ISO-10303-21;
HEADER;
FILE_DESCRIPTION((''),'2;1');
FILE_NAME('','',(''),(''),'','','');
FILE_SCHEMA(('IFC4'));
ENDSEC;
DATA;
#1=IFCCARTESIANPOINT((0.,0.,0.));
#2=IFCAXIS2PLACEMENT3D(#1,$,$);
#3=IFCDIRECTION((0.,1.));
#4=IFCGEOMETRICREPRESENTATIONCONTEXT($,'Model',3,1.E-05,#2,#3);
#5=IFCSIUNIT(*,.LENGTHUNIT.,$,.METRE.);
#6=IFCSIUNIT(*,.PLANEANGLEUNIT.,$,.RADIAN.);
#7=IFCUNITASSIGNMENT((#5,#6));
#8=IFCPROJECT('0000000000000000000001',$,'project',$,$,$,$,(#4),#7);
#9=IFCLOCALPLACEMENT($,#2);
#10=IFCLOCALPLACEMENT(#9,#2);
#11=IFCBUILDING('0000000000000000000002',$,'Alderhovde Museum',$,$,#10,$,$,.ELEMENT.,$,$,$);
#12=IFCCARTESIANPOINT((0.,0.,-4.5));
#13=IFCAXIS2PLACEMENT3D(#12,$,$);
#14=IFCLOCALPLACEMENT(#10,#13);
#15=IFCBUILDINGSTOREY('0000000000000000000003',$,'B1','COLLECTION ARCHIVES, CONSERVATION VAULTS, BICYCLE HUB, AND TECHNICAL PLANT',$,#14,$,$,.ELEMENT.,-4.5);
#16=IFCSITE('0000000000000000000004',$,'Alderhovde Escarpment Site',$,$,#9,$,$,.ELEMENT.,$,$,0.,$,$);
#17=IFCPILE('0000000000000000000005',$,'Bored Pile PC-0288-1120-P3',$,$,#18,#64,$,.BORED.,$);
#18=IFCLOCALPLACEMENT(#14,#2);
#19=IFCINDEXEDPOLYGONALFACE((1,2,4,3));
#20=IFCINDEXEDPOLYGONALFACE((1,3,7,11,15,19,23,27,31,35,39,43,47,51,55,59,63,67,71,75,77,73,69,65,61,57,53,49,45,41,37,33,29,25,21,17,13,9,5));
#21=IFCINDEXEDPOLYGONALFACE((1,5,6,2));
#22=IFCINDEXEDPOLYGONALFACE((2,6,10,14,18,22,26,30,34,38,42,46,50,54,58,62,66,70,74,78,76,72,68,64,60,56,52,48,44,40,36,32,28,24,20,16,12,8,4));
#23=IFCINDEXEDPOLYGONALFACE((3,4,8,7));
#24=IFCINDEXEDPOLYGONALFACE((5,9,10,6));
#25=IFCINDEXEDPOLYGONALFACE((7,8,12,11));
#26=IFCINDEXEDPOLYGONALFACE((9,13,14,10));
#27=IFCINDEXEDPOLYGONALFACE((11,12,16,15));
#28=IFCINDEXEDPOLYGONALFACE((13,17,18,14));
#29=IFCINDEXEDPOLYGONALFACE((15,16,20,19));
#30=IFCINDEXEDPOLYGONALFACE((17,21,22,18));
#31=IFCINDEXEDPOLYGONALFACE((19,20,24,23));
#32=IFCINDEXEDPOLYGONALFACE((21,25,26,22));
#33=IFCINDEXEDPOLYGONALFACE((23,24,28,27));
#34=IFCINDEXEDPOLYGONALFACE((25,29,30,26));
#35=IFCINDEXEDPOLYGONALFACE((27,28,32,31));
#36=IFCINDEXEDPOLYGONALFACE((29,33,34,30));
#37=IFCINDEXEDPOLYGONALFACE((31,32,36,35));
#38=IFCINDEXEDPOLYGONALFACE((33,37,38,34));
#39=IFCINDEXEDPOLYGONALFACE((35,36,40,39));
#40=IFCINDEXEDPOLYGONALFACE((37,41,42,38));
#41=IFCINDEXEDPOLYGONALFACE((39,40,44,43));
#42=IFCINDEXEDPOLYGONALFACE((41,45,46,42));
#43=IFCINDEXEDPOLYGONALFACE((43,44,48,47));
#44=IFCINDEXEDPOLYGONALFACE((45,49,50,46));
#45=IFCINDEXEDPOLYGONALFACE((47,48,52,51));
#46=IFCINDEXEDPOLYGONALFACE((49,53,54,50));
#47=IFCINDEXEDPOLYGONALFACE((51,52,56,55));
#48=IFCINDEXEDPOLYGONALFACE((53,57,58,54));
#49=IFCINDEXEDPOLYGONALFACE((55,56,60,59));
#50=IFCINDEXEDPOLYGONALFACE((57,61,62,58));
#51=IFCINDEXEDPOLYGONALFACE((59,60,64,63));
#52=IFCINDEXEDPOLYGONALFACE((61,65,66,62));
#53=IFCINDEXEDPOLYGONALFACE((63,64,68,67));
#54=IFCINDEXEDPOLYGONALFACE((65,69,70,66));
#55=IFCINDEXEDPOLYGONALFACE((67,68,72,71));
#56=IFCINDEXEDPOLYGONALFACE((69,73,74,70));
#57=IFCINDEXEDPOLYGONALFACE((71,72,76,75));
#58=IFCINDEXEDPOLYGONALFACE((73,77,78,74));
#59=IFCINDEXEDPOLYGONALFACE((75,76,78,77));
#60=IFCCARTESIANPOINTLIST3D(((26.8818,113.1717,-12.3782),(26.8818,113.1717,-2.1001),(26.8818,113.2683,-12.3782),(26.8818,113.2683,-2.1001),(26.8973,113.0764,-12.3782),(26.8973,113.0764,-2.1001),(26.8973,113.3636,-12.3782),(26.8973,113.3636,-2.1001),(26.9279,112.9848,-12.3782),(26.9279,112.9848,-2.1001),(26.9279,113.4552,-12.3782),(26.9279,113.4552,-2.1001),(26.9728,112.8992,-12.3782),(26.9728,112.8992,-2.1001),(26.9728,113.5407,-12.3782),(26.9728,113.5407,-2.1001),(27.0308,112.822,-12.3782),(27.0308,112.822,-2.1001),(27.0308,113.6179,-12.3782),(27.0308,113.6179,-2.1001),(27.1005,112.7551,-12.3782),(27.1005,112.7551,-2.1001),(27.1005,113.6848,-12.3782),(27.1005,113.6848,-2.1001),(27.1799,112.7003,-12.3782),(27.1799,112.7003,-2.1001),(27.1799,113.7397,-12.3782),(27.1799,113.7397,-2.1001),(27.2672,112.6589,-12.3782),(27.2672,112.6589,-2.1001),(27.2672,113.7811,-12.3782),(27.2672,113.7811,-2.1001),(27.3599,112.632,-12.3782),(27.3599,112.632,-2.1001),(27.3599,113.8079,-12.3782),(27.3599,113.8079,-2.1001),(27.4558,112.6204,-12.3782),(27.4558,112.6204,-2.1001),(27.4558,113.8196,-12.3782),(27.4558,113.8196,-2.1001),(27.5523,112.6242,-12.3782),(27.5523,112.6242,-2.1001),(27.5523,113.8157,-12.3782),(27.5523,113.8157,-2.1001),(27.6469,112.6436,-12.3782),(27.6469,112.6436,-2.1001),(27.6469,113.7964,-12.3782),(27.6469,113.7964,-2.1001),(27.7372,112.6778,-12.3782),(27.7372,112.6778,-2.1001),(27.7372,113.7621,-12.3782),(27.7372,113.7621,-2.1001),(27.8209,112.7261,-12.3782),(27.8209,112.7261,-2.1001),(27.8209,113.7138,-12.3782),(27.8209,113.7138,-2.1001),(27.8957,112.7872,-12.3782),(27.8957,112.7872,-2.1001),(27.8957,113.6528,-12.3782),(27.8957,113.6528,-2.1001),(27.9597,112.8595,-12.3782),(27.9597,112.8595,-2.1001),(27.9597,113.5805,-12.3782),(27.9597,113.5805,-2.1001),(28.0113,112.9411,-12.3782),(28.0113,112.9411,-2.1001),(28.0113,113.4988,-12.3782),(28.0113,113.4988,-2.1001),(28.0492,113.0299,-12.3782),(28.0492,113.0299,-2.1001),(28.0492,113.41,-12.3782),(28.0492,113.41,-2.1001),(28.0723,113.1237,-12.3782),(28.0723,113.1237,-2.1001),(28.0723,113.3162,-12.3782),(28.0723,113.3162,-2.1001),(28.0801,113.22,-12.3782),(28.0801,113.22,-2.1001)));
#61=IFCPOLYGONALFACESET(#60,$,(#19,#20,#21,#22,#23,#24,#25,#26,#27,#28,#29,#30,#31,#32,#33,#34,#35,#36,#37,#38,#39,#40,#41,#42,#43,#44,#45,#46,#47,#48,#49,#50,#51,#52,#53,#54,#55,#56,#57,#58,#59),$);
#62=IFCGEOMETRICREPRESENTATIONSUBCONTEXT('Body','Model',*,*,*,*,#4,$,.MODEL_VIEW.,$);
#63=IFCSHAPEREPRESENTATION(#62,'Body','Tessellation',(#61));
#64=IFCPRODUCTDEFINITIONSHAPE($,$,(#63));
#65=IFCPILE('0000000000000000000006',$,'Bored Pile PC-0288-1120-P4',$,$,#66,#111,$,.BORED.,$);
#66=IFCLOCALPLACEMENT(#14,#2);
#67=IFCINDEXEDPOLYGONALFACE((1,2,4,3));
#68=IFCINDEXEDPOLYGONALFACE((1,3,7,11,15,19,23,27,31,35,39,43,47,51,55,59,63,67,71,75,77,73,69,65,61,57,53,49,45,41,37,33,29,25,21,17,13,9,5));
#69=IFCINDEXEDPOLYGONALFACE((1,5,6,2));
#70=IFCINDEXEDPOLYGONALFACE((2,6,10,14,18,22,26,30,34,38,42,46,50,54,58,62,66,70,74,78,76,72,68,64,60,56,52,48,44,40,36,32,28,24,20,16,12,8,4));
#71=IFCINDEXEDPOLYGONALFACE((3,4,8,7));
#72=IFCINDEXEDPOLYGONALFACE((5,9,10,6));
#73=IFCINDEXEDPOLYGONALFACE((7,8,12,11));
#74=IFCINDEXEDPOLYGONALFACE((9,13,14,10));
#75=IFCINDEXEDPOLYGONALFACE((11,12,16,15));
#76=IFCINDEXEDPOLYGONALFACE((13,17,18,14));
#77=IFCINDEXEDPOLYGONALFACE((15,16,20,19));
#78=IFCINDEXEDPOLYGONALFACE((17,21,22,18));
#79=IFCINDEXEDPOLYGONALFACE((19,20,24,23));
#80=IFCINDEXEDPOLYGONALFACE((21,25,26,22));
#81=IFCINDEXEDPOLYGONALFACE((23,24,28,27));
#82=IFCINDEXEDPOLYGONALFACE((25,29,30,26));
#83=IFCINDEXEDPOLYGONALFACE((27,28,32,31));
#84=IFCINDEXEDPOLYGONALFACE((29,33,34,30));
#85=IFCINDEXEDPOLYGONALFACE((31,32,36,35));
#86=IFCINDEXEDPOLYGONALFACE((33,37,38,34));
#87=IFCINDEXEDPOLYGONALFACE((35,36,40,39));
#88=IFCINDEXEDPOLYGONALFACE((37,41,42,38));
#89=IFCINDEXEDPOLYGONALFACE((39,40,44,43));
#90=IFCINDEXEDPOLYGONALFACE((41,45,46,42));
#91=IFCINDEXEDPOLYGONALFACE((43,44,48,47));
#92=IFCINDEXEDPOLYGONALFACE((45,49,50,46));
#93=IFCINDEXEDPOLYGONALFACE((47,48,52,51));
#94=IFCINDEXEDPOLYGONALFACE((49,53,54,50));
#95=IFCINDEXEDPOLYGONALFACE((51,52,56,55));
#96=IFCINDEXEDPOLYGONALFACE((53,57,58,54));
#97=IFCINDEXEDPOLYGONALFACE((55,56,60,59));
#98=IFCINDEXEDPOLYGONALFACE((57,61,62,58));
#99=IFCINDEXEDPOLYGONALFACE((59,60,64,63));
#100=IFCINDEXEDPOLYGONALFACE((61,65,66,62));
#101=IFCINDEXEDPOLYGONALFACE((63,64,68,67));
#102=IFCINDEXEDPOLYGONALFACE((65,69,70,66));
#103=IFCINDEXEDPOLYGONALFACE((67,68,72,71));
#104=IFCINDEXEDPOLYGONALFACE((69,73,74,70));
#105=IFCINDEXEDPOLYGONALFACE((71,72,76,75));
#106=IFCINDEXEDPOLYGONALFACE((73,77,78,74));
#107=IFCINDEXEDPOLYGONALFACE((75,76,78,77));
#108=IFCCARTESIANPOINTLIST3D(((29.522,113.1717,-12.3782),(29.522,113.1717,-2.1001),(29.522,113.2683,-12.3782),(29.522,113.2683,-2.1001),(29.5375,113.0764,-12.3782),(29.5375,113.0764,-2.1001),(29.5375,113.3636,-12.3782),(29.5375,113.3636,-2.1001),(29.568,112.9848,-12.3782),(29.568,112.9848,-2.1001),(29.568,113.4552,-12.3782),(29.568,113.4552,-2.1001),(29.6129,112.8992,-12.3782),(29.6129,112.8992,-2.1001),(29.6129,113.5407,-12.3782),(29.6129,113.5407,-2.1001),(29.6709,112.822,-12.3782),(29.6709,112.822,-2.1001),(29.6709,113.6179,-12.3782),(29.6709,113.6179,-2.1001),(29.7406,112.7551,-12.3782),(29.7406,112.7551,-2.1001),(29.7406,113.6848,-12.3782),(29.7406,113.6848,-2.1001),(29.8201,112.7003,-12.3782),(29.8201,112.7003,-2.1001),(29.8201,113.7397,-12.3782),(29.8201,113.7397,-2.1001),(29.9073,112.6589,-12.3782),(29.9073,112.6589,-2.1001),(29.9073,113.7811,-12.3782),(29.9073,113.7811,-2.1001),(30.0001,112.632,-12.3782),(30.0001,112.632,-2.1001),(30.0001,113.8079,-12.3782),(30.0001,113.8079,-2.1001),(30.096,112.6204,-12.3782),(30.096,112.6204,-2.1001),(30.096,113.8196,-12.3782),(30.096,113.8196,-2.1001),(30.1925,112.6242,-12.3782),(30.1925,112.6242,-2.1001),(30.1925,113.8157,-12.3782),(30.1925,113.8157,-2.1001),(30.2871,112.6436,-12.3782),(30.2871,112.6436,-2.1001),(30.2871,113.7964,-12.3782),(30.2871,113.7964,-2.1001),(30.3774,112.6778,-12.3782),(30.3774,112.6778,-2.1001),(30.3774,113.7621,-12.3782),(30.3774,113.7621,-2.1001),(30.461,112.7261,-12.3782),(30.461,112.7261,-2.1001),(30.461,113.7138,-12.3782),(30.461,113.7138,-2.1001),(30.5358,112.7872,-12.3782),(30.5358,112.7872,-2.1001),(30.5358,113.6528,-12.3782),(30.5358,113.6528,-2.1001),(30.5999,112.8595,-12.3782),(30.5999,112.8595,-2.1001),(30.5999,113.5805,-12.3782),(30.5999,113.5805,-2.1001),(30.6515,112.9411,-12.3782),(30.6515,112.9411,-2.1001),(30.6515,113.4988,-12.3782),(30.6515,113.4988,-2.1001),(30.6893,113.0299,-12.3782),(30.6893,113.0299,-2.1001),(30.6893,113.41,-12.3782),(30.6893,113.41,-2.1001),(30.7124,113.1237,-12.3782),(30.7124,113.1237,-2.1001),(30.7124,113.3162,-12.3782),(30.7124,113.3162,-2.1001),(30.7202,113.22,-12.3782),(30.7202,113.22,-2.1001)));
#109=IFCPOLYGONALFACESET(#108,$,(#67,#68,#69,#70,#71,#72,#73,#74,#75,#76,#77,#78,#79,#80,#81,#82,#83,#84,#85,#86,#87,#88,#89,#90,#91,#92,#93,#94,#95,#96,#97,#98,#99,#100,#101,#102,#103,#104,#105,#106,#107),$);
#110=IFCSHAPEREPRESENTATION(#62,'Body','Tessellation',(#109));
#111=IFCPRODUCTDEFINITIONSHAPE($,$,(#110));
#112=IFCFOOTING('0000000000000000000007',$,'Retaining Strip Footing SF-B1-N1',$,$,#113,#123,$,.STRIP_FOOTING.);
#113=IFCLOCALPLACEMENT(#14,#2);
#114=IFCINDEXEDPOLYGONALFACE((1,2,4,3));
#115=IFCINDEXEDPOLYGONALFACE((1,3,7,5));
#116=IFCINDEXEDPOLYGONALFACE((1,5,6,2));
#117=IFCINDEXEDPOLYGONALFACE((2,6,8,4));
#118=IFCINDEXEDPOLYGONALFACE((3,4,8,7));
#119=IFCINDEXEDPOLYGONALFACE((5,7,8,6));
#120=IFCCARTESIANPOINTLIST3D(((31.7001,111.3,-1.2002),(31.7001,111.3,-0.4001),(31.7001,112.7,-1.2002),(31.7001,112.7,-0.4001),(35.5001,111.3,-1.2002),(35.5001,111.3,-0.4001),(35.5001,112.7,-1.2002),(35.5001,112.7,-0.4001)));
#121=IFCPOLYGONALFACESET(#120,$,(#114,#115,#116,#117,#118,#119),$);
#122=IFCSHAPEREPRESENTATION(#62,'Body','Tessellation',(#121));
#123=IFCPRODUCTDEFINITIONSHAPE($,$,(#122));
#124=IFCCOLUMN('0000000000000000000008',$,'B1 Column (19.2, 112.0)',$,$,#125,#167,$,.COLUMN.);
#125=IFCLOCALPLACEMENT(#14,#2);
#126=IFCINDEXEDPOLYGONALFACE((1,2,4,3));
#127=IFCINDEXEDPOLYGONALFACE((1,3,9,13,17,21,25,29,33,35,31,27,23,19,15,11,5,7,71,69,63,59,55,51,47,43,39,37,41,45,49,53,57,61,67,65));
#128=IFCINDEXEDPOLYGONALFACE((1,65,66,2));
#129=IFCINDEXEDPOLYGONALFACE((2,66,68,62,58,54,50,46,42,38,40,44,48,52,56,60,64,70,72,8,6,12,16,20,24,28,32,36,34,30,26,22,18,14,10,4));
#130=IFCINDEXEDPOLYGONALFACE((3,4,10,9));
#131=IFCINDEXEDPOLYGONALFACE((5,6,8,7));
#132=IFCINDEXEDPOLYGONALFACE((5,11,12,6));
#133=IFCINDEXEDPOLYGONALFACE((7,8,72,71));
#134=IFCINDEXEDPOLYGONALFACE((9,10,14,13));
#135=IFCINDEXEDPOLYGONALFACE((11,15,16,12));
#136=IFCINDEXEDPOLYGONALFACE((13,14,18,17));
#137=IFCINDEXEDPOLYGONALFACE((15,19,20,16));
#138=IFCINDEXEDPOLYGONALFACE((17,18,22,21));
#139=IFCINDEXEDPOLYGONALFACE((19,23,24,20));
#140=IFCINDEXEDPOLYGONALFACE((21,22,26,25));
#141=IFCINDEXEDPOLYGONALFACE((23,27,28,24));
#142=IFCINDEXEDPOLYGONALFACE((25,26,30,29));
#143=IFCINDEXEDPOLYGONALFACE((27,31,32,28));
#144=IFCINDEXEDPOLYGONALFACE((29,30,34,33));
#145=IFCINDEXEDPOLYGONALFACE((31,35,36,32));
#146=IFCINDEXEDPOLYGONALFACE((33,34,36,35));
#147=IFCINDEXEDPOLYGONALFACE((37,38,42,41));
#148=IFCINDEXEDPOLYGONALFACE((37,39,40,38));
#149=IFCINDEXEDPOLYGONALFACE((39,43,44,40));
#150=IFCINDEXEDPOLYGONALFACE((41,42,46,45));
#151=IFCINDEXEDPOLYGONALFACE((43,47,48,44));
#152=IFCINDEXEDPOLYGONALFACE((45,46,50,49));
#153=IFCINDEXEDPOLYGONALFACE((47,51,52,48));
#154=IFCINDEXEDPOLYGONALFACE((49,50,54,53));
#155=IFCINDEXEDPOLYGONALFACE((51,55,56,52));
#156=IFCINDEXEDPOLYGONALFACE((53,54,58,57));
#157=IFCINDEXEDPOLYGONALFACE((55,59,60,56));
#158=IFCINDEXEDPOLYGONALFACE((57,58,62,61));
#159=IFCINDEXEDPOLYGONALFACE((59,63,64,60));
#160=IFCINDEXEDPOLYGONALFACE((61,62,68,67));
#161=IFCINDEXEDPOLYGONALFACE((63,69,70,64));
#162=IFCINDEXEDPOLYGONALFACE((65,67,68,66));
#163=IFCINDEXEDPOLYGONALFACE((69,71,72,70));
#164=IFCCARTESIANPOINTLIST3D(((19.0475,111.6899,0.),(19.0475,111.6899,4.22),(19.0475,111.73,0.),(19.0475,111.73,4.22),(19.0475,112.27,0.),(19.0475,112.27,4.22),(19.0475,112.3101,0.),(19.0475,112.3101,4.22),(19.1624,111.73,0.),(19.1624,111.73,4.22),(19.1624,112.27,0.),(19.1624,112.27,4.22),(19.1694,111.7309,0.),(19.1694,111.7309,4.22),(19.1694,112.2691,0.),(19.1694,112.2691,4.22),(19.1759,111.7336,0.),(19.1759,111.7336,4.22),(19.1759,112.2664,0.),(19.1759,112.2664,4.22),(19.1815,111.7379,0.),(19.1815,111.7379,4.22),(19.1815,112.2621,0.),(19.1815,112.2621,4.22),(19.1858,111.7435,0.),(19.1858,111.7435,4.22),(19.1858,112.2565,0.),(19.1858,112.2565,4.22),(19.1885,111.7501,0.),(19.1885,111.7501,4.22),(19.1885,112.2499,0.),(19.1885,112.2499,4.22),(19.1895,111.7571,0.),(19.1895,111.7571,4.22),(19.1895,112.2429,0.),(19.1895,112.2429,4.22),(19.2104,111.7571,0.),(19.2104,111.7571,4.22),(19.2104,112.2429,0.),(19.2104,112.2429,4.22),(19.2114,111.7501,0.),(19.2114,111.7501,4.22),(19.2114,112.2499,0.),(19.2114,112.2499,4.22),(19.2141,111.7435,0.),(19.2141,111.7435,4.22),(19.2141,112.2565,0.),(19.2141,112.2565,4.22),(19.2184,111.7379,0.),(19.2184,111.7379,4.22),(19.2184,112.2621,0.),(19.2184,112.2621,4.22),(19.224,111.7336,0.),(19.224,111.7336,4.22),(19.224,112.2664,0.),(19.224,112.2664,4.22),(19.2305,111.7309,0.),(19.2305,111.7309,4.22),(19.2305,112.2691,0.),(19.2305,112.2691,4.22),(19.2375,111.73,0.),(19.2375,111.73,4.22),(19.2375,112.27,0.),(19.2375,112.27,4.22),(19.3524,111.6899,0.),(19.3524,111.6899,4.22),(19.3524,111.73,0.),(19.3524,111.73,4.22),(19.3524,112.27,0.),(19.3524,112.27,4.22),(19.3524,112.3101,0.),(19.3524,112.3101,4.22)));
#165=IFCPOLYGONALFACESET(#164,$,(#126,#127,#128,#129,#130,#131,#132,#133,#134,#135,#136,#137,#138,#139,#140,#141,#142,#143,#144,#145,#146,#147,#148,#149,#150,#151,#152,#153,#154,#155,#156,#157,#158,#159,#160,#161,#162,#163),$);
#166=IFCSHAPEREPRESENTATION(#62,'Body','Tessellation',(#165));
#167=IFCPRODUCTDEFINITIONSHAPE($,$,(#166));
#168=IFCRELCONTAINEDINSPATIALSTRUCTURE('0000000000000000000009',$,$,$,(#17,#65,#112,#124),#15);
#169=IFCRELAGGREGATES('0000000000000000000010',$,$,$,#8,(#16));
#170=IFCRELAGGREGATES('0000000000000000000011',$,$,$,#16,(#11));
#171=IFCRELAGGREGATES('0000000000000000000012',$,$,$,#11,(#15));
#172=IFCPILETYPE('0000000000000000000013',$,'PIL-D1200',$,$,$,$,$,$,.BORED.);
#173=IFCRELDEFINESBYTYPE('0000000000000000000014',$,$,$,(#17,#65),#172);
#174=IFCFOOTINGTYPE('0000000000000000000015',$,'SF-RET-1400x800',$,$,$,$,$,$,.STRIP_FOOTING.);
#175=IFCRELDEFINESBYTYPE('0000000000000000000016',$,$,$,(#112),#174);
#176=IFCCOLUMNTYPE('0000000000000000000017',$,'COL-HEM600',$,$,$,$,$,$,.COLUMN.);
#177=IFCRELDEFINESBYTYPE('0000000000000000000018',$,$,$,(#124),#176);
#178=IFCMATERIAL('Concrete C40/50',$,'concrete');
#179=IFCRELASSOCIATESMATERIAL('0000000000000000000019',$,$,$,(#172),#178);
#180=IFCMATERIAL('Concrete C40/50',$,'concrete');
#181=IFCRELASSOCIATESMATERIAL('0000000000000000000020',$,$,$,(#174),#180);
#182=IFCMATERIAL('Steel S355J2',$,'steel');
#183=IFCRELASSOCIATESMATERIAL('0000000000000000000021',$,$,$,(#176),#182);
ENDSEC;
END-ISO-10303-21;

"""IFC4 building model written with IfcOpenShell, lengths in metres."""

from ifc_helpers import new_model, si_unit, direction, frame, origin, origin_2d, place, context, subcontext, project, spatial, rectangle, circle, i_section, extrude, material, material_profile, profile_set, type_object, element, save


model = new_model("IFC4")

# Units and contexts
model_context = context("Model", 3, precision=1e-05, world=origin(), true_north=direction((0.0, 1.0)))
body_context = subcontext(model_context, "Body", "Model", "MODEL_VIEW")
ifc_project = project(units=[si_unit("LENGTHUNIT", "METRE"), si_unit("PLANEANGLEUNIT", "RADIAN")], contexts=[model_context])

# Site, building, storey
site_placement = place(None, origin())
site = spatial("IfcSite", under=ifc_project, at=site_placement, Name="Alderhovde Escarpment Site", CompositionType="ELEMENT", RefElevation=0.0)
building_placement = place(site_placement, origin())
building = spatial("IfcBuilding", under=site, at=building_placement, Name="Alderhovde Museum", CompositionType="ELEMENT")
storey_placement = place(building_placement, frame((0.0, 0.0, -4.5)))
storey = spatial("IfcBuildingStorey", under=building, at=storey_placement, Name="B1", Description="COLLECTION ARCHIVES, CONSERVATION VAULTS, BICYCLE HUB, AND TECHNICAL PLANT", CompositionType="ELEMENT", Elevation=-4.5)

# Piles
ifc_material_1 = material(Name="Concrete C40/50", Category="concrete")
ifc_material_profile_1 = material_profile(ifc_material_1, circle(Radius=0.6001, at=origin_2d()), Name="PILE-D1200")
ifc_profile_set_1 = profile_set([ifc_material_profile_1], Name="Concrete C40/50")
pile_type = type_object("IfcPileType", Name="PIL-D1200", PredefinedType="BORED", material=ifc_profile_set_1)
for number, where, z_axis, x_axis, name in (
    (1, (27.48, 113.22, -2.1001), (0.0, 0.0, -1.0), (1.0, 0.0, 0.0), "Bored Pile PC-0288-1120-P3"),
    (2, (30.1201, 113.22, -2.1001), (0.0, 0.0, -1.0), (1.0, 0.0, 0.0), "Bored Pile PC-0288-1120-P4"),
):
    element("IfcPile", number, at=place(storey_placement, frame(where, z_axis=z_axis, x_axis=x_axis)), inside=storey, type_object=pile_type, Name=name, PredefinedType="BORED", context=body_context, shape_type="SweptSolid", body=[
        extrude(circle(Radius=0.6001, at=origin_2d()), origin(), (0.0, 0.0, 1.0), 10.2781),
    ])

# Footing
ifc_material_2 = material(Name="Concrete C40/50", Category="concrete")
footing_type_1 = type_object("IfcFootingType", Name="SF-RET-1400x800", PredefinedType="STRIP_FOOTING", material=ifc_material_2)
footing_1_placement = place(storey_placement, frame((33.6001, 112.0, -1.2002), z_axis=(0.0, 0.0, 1.0), x_axis=(1.0, 0.0, 0.0)))
element("IfcFooting", 3, at=footing_1_placement, inside=storey, type_object=footing_type_1, Name="Retaining Strip Footing SF-B1-N1", PredefinedType="STRIP_FOOTING", context=body_context, shape_type="SweptSolid", body=[
    extrude(rectangle(XDim=3.8, YDim=1.3999, at=origin_2d()), origin(), (0.0, 0.0, 1.0), 0.8),
])

# Column
ifc_material_3 = material(Name="Steel S355J2", Category="steel")
ifc_material_profile_2 = material_profile(ifc_material_3, i_section(OverallWidth=0.3049, OverallDepth=0.6201, WebThickness=0.021, FlangeThickness=0.04, FilletRadius=0.0271, at=origin_2d()), Name="HEM 600")
ifc_profile_set_2 = profile_set([ifc_material_profile_2], Name="Steel S355J2")
column_type_1 = type_object("IfcColumnType", Name="COL-HEM600", PredefinedType="COLUMN", material=ifc_profile_set_2)
for number, where, z_axis, x_axis, name in (
    (4, (19.2, 112.0, 0.0), (0.0, 0.0, 1.0), (1.0, 0.0, 0.0), "B1 Column (19.2, 112.0)"),
):
    element("IfcColumn", number, at=place(storey_placement, frame(where, z_axis=z_axis, x_axis=x_axis)), inside=storey, type_object=column_type_1, Name=name, PredefinedType="COLUMN", context=body_context, shape_type="SweptSolid", body=[
        extrude(i_section(OverallWidth=0.3049, OverallDepth=0.6201, WebThickness=0.021, FlangeThickness=0.04, FilletRadius=0.0271, at=origin_2d()), origin(), (0.0, 0.0, 1.0), 4.22),
    ])

save(model, "model.ifc")
